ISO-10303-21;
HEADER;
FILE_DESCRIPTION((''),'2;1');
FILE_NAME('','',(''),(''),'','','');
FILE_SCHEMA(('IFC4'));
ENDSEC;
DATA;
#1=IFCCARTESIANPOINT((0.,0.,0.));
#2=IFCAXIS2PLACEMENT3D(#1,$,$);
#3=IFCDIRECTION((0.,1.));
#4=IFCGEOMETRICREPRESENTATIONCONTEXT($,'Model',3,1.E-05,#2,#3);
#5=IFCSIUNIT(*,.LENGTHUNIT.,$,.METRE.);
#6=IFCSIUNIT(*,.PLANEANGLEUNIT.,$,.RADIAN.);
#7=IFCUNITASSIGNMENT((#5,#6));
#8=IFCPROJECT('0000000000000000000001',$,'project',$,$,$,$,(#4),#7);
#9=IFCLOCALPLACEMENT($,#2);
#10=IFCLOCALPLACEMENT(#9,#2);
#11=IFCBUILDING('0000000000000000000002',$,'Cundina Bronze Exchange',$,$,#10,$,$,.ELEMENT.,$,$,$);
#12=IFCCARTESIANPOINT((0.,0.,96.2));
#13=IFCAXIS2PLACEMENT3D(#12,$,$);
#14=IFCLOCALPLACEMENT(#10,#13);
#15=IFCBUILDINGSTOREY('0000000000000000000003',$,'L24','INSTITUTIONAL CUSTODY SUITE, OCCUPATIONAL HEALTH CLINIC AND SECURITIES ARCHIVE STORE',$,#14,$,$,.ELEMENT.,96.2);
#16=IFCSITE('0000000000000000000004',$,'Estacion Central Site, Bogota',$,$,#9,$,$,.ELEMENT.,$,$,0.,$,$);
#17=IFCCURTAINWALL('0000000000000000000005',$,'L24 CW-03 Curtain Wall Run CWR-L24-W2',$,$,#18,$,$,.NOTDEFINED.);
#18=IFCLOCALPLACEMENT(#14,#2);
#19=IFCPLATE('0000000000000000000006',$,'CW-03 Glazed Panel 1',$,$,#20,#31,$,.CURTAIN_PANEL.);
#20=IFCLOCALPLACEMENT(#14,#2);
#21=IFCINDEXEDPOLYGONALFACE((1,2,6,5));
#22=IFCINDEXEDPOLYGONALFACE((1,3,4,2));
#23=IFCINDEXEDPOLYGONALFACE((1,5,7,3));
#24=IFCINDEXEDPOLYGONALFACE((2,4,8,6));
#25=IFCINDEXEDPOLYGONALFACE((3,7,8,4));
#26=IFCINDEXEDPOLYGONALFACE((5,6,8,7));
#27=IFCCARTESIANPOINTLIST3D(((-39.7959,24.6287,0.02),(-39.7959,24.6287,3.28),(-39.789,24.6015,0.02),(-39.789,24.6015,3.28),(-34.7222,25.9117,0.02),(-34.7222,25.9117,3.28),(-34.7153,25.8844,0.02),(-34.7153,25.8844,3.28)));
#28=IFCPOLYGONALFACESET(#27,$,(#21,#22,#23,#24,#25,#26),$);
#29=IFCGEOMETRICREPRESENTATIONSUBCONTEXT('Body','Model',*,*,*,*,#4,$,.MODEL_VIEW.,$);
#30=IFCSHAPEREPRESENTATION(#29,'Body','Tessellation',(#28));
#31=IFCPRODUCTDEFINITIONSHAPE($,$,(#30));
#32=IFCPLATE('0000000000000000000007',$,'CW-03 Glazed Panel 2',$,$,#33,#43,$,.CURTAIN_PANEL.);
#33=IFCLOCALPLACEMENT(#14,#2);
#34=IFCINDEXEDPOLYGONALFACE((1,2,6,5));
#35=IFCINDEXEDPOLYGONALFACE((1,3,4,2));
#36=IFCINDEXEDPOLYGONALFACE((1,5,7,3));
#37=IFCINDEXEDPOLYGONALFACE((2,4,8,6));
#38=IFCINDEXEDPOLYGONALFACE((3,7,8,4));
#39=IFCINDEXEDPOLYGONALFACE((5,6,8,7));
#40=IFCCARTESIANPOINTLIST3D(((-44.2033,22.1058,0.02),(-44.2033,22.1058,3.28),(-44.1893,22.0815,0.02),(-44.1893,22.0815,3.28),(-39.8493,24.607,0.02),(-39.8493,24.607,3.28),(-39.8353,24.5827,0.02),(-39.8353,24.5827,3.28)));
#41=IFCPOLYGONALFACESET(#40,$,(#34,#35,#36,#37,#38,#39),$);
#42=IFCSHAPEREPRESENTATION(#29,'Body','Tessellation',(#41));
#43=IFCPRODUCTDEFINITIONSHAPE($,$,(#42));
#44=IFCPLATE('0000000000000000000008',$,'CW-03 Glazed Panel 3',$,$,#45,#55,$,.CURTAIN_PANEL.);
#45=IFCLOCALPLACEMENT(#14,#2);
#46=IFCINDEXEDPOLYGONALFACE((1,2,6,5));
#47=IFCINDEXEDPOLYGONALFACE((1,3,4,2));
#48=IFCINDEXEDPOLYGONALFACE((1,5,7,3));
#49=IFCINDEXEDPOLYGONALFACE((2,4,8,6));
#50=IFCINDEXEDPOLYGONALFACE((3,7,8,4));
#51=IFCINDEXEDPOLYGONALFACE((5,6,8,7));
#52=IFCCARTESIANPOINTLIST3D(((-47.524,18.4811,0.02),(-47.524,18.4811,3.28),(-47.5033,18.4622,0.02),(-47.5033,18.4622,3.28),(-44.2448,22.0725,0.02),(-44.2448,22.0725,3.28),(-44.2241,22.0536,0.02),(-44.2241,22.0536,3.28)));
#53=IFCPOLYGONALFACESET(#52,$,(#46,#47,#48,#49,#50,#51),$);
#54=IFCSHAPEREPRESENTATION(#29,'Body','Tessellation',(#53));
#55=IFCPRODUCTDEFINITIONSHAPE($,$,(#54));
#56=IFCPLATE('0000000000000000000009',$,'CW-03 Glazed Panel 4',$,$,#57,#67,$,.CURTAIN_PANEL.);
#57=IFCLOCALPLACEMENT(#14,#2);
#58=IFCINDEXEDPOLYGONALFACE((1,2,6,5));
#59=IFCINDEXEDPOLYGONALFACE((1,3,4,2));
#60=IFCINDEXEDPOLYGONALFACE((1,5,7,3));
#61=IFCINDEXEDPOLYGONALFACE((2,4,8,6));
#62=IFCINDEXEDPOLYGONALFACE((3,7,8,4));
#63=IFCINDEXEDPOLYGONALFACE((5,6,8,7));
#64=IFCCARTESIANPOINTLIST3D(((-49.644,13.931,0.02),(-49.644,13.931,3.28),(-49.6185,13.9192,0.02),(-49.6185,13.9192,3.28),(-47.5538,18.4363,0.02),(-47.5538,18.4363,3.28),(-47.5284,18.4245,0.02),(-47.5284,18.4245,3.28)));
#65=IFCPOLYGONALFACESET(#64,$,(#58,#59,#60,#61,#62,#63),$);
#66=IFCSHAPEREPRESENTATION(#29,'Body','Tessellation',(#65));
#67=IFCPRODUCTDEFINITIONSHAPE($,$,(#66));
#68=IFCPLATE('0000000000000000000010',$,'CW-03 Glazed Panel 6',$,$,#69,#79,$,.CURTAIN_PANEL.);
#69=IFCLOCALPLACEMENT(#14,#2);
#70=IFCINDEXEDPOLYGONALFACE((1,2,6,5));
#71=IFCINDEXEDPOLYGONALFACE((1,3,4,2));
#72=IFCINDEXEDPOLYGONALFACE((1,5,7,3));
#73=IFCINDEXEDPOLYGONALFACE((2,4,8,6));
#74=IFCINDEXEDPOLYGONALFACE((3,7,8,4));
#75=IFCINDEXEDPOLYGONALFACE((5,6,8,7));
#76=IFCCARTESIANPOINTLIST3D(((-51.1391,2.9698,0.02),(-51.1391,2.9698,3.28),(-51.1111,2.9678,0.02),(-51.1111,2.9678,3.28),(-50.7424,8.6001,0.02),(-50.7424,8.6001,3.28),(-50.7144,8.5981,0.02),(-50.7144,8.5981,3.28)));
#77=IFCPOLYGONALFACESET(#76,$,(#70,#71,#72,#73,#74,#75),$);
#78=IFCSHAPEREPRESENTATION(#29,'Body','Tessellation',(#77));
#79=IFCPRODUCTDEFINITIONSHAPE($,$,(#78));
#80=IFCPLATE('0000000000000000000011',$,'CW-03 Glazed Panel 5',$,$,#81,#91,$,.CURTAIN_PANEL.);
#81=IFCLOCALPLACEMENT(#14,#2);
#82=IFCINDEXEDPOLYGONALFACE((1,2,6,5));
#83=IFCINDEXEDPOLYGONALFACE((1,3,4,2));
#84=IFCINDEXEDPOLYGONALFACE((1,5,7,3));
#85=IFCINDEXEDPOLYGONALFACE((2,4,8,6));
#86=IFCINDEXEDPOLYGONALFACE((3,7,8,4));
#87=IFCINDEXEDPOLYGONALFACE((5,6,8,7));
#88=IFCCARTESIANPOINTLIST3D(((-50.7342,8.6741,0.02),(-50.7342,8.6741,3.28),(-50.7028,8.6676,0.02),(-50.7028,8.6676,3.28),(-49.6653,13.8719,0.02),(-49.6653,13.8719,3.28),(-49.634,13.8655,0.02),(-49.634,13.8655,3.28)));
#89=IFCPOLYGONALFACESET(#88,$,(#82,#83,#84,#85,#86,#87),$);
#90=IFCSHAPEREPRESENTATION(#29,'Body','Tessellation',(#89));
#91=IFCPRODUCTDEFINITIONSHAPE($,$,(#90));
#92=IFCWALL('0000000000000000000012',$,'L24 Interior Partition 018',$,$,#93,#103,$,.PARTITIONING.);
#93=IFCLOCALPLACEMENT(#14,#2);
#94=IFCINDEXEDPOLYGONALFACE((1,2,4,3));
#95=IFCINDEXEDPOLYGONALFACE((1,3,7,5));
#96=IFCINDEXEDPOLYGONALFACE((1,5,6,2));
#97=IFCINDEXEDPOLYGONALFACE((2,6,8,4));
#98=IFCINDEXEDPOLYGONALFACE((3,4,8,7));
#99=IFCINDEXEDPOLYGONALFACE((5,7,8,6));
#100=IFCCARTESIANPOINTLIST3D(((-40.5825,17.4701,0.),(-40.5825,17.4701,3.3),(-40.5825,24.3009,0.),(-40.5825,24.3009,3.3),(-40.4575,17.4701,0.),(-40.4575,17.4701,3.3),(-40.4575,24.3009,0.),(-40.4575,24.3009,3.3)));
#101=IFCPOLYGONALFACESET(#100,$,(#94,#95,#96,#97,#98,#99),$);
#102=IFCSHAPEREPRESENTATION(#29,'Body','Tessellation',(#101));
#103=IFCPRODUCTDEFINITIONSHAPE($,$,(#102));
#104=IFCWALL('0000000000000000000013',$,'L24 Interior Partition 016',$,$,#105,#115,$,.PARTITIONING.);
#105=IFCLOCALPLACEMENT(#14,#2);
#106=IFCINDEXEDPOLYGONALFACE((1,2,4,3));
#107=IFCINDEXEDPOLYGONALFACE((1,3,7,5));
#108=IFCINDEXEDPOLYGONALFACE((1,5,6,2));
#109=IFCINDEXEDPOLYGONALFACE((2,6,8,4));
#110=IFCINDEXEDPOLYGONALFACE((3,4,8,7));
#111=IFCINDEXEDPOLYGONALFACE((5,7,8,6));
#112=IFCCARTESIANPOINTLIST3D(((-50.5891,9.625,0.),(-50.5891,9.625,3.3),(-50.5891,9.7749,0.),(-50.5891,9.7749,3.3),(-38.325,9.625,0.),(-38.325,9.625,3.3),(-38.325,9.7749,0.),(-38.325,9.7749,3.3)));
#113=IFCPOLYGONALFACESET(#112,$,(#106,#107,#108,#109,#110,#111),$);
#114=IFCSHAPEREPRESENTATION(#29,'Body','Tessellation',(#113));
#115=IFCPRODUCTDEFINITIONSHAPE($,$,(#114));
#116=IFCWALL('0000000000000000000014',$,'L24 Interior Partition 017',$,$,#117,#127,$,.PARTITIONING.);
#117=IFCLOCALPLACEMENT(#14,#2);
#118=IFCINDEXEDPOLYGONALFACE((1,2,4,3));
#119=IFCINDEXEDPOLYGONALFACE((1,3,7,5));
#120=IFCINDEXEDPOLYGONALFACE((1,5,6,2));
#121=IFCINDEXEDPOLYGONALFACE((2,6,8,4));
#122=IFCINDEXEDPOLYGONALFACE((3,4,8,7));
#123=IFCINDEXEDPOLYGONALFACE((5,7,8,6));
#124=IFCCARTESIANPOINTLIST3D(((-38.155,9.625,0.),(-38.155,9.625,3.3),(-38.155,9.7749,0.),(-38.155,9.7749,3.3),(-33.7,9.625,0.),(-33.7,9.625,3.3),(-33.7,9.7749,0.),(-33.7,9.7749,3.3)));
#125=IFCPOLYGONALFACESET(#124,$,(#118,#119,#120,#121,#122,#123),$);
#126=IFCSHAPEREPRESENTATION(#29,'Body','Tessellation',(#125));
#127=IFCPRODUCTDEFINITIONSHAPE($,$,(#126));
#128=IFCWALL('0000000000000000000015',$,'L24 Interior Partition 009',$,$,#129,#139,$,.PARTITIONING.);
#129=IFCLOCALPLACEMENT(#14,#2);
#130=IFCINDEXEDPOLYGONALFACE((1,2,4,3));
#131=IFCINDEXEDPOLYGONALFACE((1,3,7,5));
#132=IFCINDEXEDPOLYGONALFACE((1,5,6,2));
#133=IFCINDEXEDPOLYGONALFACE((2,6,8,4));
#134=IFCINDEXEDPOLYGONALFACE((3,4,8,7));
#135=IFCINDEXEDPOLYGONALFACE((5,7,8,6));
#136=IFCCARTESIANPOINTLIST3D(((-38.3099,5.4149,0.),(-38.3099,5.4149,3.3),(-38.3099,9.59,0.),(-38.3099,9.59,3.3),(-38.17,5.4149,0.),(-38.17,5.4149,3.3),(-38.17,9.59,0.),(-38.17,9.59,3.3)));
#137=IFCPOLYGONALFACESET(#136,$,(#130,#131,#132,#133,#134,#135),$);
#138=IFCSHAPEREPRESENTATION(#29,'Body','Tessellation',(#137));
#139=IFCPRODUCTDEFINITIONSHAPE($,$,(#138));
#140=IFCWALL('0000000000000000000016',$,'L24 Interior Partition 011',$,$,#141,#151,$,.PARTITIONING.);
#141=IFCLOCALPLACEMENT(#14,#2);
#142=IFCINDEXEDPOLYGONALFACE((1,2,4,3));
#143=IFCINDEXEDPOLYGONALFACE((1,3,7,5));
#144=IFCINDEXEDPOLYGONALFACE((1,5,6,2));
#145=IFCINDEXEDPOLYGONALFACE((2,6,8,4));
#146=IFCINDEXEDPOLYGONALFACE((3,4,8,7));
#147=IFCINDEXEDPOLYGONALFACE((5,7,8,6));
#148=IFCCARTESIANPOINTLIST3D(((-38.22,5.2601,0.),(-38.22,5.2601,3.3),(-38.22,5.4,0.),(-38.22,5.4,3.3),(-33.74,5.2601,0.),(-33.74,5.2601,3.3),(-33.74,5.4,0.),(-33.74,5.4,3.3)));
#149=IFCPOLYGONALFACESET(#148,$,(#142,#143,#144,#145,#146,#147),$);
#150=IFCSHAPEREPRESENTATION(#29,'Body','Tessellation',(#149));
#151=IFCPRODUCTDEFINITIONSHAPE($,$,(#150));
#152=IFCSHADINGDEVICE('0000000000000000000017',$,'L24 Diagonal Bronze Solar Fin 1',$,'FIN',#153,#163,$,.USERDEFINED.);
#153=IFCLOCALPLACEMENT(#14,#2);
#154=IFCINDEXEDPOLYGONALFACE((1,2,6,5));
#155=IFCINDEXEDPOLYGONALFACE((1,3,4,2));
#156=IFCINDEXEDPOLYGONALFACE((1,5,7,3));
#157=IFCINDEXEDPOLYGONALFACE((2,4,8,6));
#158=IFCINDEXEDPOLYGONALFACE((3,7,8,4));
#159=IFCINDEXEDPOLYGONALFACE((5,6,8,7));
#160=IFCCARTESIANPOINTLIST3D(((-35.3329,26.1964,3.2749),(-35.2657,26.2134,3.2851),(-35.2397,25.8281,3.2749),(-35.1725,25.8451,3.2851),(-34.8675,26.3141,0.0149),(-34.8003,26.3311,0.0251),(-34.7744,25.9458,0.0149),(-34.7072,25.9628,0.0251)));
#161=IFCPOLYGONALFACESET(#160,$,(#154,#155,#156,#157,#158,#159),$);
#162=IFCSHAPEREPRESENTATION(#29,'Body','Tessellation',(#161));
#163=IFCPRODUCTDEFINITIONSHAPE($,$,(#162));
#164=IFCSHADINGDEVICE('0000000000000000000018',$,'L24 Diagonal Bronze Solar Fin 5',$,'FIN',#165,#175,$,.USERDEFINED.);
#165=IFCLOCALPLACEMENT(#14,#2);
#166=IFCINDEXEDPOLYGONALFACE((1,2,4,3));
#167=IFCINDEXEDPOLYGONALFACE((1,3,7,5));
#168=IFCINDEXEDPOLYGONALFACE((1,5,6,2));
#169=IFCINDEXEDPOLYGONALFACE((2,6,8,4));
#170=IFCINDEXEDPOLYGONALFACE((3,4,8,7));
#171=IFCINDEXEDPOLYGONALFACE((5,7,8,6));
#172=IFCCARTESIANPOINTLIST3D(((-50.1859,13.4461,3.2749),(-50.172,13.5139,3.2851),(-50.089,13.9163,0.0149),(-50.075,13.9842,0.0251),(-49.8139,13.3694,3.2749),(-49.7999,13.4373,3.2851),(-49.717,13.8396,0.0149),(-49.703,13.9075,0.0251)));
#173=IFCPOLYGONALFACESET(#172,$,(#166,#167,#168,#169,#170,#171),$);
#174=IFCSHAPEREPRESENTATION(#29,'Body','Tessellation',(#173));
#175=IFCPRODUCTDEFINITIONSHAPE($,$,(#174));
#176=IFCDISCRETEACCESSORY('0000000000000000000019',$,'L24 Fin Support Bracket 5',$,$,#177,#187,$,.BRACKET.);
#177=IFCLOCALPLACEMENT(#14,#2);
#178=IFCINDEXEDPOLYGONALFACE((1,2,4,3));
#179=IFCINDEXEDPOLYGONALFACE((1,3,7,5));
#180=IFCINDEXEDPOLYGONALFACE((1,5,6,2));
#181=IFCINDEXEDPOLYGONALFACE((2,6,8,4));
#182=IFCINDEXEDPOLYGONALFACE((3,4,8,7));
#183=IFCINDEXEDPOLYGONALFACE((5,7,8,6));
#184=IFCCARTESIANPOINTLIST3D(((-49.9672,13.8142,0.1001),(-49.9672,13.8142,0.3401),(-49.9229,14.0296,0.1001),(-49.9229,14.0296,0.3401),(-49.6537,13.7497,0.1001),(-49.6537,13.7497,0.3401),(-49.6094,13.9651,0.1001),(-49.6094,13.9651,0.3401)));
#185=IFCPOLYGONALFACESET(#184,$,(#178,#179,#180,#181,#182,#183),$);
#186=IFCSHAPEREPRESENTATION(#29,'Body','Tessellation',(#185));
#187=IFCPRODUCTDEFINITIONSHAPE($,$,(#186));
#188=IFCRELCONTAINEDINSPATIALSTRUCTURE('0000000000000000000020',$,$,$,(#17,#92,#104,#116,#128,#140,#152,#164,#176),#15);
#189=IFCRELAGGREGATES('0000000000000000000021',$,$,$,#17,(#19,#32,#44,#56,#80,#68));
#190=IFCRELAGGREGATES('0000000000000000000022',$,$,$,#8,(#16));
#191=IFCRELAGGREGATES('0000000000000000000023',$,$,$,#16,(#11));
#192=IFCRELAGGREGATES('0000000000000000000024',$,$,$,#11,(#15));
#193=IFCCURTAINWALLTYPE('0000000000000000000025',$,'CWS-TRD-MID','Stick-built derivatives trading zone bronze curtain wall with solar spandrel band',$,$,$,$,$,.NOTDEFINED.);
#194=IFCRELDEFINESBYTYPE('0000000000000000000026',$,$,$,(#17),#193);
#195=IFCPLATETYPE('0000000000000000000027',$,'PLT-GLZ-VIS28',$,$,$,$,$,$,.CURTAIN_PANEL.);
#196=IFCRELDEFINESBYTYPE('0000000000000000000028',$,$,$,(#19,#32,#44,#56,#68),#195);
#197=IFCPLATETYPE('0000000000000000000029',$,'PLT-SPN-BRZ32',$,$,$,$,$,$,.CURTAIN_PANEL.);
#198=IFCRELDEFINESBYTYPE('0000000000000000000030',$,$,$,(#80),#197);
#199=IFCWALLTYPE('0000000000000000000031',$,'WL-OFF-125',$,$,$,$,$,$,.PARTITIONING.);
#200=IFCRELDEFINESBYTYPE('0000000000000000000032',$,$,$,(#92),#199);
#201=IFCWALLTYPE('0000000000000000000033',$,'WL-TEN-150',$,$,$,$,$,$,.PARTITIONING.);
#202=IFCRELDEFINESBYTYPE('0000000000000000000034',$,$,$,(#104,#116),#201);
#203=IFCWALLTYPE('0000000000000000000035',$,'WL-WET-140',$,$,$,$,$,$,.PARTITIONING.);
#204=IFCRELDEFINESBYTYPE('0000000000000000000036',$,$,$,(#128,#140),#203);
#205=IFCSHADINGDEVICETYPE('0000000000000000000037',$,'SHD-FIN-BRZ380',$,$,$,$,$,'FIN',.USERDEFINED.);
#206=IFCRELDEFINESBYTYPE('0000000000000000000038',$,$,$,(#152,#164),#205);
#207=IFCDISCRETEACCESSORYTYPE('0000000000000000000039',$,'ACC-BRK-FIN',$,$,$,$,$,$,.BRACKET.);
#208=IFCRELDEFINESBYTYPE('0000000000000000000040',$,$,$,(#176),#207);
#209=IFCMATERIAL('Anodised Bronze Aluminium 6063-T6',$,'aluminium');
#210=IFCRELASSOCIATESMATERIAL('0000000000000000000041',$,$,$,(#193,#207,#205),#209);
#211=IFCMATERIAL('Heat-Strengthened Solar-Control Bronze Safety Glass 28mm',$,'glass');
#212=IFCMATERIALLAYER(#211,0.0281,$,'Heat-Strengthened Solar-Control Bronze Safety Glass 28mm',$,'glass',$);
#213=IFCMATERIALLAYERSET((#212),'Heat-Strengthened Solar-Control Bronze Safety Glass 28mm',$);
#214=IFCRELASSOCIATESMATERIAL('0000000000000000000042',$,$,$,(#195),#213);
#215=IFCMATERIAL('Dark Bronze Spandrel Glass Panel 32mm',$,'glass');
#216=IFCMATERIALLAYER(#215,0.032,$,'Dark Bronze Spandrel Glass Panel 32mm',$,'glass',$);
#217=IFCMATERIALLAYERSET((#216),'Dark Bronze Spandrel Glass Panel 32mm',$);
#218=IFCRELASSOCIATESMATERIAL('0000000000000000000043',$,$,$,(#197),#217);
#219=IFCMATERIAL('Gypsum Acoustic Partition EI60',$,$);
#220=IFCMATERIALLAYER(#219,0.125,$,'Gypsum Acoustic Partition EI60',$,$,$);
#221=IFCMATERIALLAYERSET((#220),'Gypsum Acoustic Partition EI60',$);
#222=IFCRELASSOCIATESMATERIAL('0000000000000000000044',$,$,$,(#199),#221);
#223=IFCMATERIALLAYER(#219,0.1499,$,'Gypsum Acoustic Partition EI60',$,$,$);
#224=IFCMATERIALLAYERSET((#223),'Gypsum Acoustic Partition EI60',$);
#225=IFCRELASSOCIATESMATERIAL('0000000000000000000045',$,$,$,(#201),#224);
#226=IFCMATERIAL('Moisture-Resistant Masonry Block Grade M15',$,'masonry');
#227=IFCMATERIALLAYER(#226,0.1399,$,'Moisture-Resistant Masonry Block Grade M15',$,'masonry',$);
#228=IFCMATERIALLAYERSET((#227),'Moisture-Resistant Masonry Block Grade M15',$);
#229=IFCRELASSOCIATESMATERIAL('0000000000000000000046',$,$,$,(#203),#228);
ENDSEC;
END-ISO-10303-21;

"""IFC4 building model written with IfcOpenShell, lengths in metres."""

from ifc_helpers import new_model, si_unit, direction, frame, frame_2d, origin, origin_2d, place, context, subcontext, project, spatial, rectangle, extrude, material, layer, layer_set, material_profile, profile_set, type_object, element, aggregate, save


model = new_model("IFC4")

# Units and contexts
model_context = context("Model", 3, precision=1e-05, world=origin(), true_north=direction((0.0, 1.0)))
body_context = subcontext(model_context, "Body", "Model", "MODEL_VIEW")
ifc_project = project(units=[si_unit("LENGTHUNIT", "METRE"), si_unit("PLANEANGLEUNIT", "RADIAN")], contexts=[model_context])

# Site, building, storey
site_placement = place(None, origin())
site = spatial("IfcSite", under=ifc_project, at=site_placement, Name="Estacion Central Site, Bogota", CompositionType="ELEMENT", RefElevation=0.0)
building_placement = place(site_placement, origin())
building = spatial("IfcBuilding", under=site, at=building_placement, Name="Cundina Bronze Exchange", CompositionType="ELEMENT")
storey_placement = place(building_placement, frame((0.0, 0.0, 96.2)))
storey = spatial("IfcBuildingStorey", under=building, at=storey_placement, Name="L24", Description="INSTITUTIONAL CUSTODY SUITE, OCCUPATIONAL HEALTH CLINIC AND SECURITIES ARCHIVE STORE", CompositionType="ELEMENT", Elevation=96.2)

# Curtain wall, plates
ifc_material_1 = material(Name="Anodised Bronze Aluminium 6063-T6", Category="aluminium")
curtain_wall_type = type_object("IfcCurtainWallType", Name="CWS-TRD-MID", Description="Stick-built derivatives trading zone bronze curtain wall with solar spandrel band", PredefinedType="NOTDEFINED", material=ifc_material_1)
curtain_wall_placement = place(storey_placement, origin())
curtain_wall = element("IfcCurtainWall", 1, at=curtain_wall_placement, inside=storey, type_object=curtain_wall_type, Name="L24 CW-03 Curtain Wall Run CWR-L24-W2", PredefinedType="NOTDEFINED")
ifc_material_2 = material(Name="Heat-Strengthened Solar-Control Bronze Safety Glass 28mm", Category="glass")
ifc_layer_1 = layer(ifc_material_2, 0.0281, Name="Heat-Strengthened Solar-Control Bronze Safety Glass 28mm", Category="glass")
ifc_layer_set_1 = layer_set([ifc_layer_1], Name="Heat-Strengthened Solar-Control Bronze Safety Glass 28mm")
plate_type_1 = type_object("IfcPlateType", Name="PLT-GLZ-VIS28", PredefinedType="CURTAIN_PANEL", material=ifc_layer_set_1)
plate_1_placement = place(storey_placement, frame((-37.2556, 25.2566, 0.02), z_axis=(0.0, 0.0, 1.0), x_axis=(-0.969488, -0.245138, 0.0)))
plate_1 = element("IfcPlate", 2, at=plate_1_placement, type_object=plate_type_1, Name="CW-03 Glazed Panel 1", PredefinedType="CURTAIN_PANEL", context=body_context, shape_type="SweptSolid", body=[
    extrude(rectangle(XDim=5.2334, YDim=0.0281, at=origin_2d()), origin(), (0.0, 0.0, 1.0), 3.26),
])
plate_2_placement = place(storey_placement, frame((-42.0193, 23.3442, 0.02), z_axis=(0.0, 0.0, 1.0), x_axis=(-0.867105, -0.498125, 0.0)))
plate_2 = element("IfcPlate", 3, at=plate_2_placement, type_object=plate_type_1, Name="CW-03 Glazed Panel 2", PredefinedType="CURTAIN_PANEL", context=body_context, shape_type="SweptSolid", body=[
    extrude(rectangle(XDim=5.0212, YDim=0.0281, at=origin_2d()), origin(), (0.0, 0.0, 1.0), 3.26),
])
plate_3_placement = place(storey_placement, frame((-45.874, 20.2673, 0.02), z_axis=(0.0, 0.0, 1.0), x_axis=(-0.674277, -0.738479, 0.0)))
plate_3 = element("IfcPlate", 4, at=plate_3_placement, type_object=plate_type_1, Name="CW-03 Glazed Panel 3", PredefinedType="CURTAIN_PANEL", context=body_context, shape_type="SweptSolid", body=[
    extrude(rectangle(XDim=4.8633, YDim=0.0281, at=origin_2d()), origin(), (0.0, 0.0, 1.0), 3.26),
])
plate_4_placement = place(storey_placement, frame((-48.5862, 16.1777, 0.02), z_axis=(0.0, 0.0, 1.0), x_axis=(-0.420846, -0.907132, 0.0)))
plate_4 = element("IfcPlate", 5, at=plate_4_placement, type_object=plate_type_1, Name="CW-03 Glazed Panel 4", PredefinedType="CURTAIN_PANEL", context=body_context, shape_type="SweptSolid", body=[
    extrude(rectangle(XDim=4.9666, YDim=0.0281, at=origin_2d()), origin(), (0.0, 0.0, 1.0), 3.26),
])
plate_5_placement = place(storey_placement, frame((-50.9268, 5.7839, 0.02), z_axis=(0.0, 0.0, 1.0), x_axis=(-0.070279, -0.997527, 0.0)))
plate_5 = element("IfcPlate", 6, at=plate_5_placement, type_object=plate_type_1, Name="CW-03 Glazed Panel 6", PredefinedType="CURTAIN_PANEL", context=body_context, shape_type="SweptSolid", body=[
    extrude(rectangle(XDim=5.6443, YDim=0.0281, at=origin_2d()), origin(), (0.0, 0.0, 1.0), 3.26),
])
ifc_material_3 = material(Name="Dark Bronze Spandrel Glass Panel 32mm", Category="glass")
ifc_layer_2 = layer(ifc_material_3, 0.032, Name="Dark Bronze Spandrel Glass Panel 32mm", Category="glass")
ifc_layer_set_2 = layer_set([ifc_layer_2], Name="Dark Bronze Spandrel Glass Panel 32mm")
plate_type_2 = type_object("IfcPlateType", Name="PLT-SPN-BRZ32", PredefinedType="CURTAIN_PANEL", material=ifc_layer_set_2)
plate_6_placement = place(storey_placement, frame((-50.1841, 11.2698, 0.02), z_axis=(0.0, 0.0, 1.0), x_axis=(-0.20142, -0.979505, 0.0)))
plate_6 = element("IfcPlate", 7, at=plate_6_placement, type_object=plate_type_2, Name="CW-03 Glazed Panel 5", PredefinedType="CURTAIN_PANEL", context=body_context, shape_type="SweptSolid", body=[
    extrude(rectangle(XDim=5.3066, YDim=0.032, at=origin_2d()), origin(), (0.0, 0.0, 1.0), 3.26),
])
aggregate(curtain_wall, [plate_1, plate_2, plate_3, plate_4, plate_6, plate_5])

# Walls
ifc_material_4 = material(Name="Gypsum Acoustic Partition EI60")
ifc_layer_3 = layer(ifc_material_4, 0.125, Name="Gypsum Acoustic Partition EI60")
ifc_layer_set_3 = layer_set([ifc_layer_3], Name="Gypsum Acoustic Partition EI60")
wall_type_1 = type_object("IfcWallType", Name="WL-OFF-125", PredefinedType="PARTITIONING", material=ifc_layer_set_3)
wall_1_placement = place(storey_placement, frame((-40.52, 17.47, 0.0), z_axis=(0.0, 0.0, 1.0), x_axis=(0.0, 1.0, 0.0)))
element("IfcWall", 8, at=wall_1_placement, inside=storey, type_object=wall_type_1, Name="L24 Interior Partition 018", PredefinedType="PARTITIONING", context=body_context, shape_type="SweptSolid", body=[
    extrude(rectangle(XDim=6.8308, YDim=0.125, at=frame_2d((3.4155, 0.0))), origin(), (0.0, 0.0, 1.0), 3.3),
])
ifc_layer_4 = layer(ifc_material_4, 0.1499, Name="Gypsum Acoustic Partition EI60")
ifc_layer_set_4 = layer_set([ifc_layer_4], Name="Gypsum Acoustic Partition EI60")
wall_type_2 = type_object("IfcWallType", Name="WL-TEN-150", PredefinedType="PARTITIONING", material=ifc_layer_set_4)
wall_2_placement = place(storey_placement, frame((-50.5891, 9.7, 0.0), z_axis=(0.0, 0.0, 1.0), x_axis=(1.0, 0.0, 0.0)))
element("IfcWall", 9, at=wall_2_placement, inside=storey, type_object=wall_type_2, Name="L24 Interior Partition 016", PredefinedType="PARTITIONING", context=body_context, shape_type="SweptSolid", body=[
    extrude(rectangle(XDim=12.2642, YDim=0.1499, at=frame_2d((6.1321, 0.0))), origin(), (0.0, 0.0, 1.0), 3.3),
])
wall_3_placement = place(storey_placement, frame((-38.155, 9.7, 0.0), z_axis=(0.0, 0.0, 1.0), x_axis=(1.0, 0.0, 0.0)))
element("IfcWall", 10, at=wall_3_placement, inside=storey, type_object=wall_type_2, Name="L24 Interior Partition 017", PredefinedType="PARTITIONING", context=body_context, shape_type="SweptSolid", body=[
    extrude(rectangle(XDim=4.4551, YDim=0.1499, at=frame_2d((2.2275, 0.0))), origin(), (0.0, 0.0, 1.0), 3.3),
])
ifc_material_5 = material(Name="Moisture-Resistant Masonry Block Grade M15", Category="masonry")
ifc_layer_5 = layer(ifc_material_5, 0.1399, Name="Moisture-Resistant Masonry Block Grade M15", Category="masonry")
ifc_layer_set_5 = layer_set([ifc_layer_5], Name="Moisture-Resistant Masonry Block Grade M15")
wall_type_3 = type_object("IfcWallType", Name="WL-WET-140", PredefinedType="PARTITIONING", material=ifc_layer_set_5)
wall_4_placement = place(storey_placement, frame((-38.24, 5.415, 0.0), z_axis=(0.0, 0.0, 1.0), x_axis=(0.0, 1.0, 0.0)))
element("IfcWall", 11, at=wall_4_placement, inside=storey, type_object=wall_type_3, Name="L24 Interior Partition 009", PredefinedType="PARTITIONING", context=body_context, shape_type="SweptSolid", body=[
    extrude(rectangle(XDim=4.175, YDim=0.1399, at=frame_2d((2.0874, 0.0))), origin(), (0.0, 0.0, 1.0), 3.3),
])
wall_5_placement = place(storey_placement, frame((-38.22, 5.3301, 0.0), z_axis=(0.0, 0.0, 1.0), x_axis=(1.0, 0.0, 0.0)))
element("IfcWall", 12, at=wall_5_placement, inside=storey, type_object=wall_type_3, Name="L24 Interior Partition 011", PredefinedType="PARTITIONING", context=body_context, shape_type="SweptSolid", body=[
    extrude(rectangle(XDim=4.48, YDim=0.1399, at=frame_2d((2.24, 0.0))), origin(), (0.0, 0.0, 1.0), 3.3),
])

# Shading devices
ifc_material_profile_1 = material_profile(ifc_material_1, rectangle(XDim=0.0701, YDim=0.3799, at=origin_2d()), Name="FIN70X380", Category="aluminium")
ifc_profile_set_1 = profile_set([ifc_material_profile_1], Name="Anodised Bronze Aluminium 6063-T6")
shading_device_type = type_object("IfcShadingDeviceType", Name="SHD-FIN-BRZ380", ElementType="FIN", PredefinedType="USERDEFINED", material=ifc_profile_set_1)
for number, where, z_axis, x_axis, name in (
    (13, (-34.7874, 26.1384, 0.02), (-0.141217, -0.035712, 0.989334), (0.959141, 0.242553, 0.145663), "L24 Diagonal Bronze Solar Fin 1"),
    (14, (-49.896, 13.9119, 0.02), (-0.029414, -0.142698, 0.989329), (0.199728, 0.968959, 0.145698), "L24 Diagonal Bronze Solar Fin 5"),
):
    element("IfcShadingDevice", number, at=place(storey_placement, frame(where, z_axis=z_axis, x_axis=x_axis)), inside=storey, type_object=shading_device_type, Name=name, ObjectType="FIN", PredefinedType="USERDEFINED", context=body_context, shape_type="SweptSolid", body=[
        extrude(rectangle(XDim=0.0701, YDim=0.3799, at=origin_2d()), origin(), (0.0, 0.0, 1.0), 3.2952),
    ])

# Discrete accessory
discrete_accessory_type = type_object("IfcDiscreteAccessoryType", Name="ACC-BRK-FIN", PredefinedType="BRACKET", material=ifc_material_1)
discrete_accessory_placement = place(storey_placement, frame((-49.7883, 13.8896, 0.1001), z_axis=(0.0, 0.0, 1.0), x_axis=(-0.20142, -0.979505, 0.0)))
element("IfcDiscreteAccessory", 15, at=discrete_accessory_placement, inside=storey, type_object=discrete_accessory_type, Name="L24 Fin Support Bracket 5", PredefinedType="BRACKET", context=body_context, shape_type="SweptSolid", body=[
    extrude(rectangle(XDim=0.22, YDim=0.3201, at=origin_2d()), origin(), (0.0, 0.0, 1.0), 0.24),
])

save(model, "model.ifc")
